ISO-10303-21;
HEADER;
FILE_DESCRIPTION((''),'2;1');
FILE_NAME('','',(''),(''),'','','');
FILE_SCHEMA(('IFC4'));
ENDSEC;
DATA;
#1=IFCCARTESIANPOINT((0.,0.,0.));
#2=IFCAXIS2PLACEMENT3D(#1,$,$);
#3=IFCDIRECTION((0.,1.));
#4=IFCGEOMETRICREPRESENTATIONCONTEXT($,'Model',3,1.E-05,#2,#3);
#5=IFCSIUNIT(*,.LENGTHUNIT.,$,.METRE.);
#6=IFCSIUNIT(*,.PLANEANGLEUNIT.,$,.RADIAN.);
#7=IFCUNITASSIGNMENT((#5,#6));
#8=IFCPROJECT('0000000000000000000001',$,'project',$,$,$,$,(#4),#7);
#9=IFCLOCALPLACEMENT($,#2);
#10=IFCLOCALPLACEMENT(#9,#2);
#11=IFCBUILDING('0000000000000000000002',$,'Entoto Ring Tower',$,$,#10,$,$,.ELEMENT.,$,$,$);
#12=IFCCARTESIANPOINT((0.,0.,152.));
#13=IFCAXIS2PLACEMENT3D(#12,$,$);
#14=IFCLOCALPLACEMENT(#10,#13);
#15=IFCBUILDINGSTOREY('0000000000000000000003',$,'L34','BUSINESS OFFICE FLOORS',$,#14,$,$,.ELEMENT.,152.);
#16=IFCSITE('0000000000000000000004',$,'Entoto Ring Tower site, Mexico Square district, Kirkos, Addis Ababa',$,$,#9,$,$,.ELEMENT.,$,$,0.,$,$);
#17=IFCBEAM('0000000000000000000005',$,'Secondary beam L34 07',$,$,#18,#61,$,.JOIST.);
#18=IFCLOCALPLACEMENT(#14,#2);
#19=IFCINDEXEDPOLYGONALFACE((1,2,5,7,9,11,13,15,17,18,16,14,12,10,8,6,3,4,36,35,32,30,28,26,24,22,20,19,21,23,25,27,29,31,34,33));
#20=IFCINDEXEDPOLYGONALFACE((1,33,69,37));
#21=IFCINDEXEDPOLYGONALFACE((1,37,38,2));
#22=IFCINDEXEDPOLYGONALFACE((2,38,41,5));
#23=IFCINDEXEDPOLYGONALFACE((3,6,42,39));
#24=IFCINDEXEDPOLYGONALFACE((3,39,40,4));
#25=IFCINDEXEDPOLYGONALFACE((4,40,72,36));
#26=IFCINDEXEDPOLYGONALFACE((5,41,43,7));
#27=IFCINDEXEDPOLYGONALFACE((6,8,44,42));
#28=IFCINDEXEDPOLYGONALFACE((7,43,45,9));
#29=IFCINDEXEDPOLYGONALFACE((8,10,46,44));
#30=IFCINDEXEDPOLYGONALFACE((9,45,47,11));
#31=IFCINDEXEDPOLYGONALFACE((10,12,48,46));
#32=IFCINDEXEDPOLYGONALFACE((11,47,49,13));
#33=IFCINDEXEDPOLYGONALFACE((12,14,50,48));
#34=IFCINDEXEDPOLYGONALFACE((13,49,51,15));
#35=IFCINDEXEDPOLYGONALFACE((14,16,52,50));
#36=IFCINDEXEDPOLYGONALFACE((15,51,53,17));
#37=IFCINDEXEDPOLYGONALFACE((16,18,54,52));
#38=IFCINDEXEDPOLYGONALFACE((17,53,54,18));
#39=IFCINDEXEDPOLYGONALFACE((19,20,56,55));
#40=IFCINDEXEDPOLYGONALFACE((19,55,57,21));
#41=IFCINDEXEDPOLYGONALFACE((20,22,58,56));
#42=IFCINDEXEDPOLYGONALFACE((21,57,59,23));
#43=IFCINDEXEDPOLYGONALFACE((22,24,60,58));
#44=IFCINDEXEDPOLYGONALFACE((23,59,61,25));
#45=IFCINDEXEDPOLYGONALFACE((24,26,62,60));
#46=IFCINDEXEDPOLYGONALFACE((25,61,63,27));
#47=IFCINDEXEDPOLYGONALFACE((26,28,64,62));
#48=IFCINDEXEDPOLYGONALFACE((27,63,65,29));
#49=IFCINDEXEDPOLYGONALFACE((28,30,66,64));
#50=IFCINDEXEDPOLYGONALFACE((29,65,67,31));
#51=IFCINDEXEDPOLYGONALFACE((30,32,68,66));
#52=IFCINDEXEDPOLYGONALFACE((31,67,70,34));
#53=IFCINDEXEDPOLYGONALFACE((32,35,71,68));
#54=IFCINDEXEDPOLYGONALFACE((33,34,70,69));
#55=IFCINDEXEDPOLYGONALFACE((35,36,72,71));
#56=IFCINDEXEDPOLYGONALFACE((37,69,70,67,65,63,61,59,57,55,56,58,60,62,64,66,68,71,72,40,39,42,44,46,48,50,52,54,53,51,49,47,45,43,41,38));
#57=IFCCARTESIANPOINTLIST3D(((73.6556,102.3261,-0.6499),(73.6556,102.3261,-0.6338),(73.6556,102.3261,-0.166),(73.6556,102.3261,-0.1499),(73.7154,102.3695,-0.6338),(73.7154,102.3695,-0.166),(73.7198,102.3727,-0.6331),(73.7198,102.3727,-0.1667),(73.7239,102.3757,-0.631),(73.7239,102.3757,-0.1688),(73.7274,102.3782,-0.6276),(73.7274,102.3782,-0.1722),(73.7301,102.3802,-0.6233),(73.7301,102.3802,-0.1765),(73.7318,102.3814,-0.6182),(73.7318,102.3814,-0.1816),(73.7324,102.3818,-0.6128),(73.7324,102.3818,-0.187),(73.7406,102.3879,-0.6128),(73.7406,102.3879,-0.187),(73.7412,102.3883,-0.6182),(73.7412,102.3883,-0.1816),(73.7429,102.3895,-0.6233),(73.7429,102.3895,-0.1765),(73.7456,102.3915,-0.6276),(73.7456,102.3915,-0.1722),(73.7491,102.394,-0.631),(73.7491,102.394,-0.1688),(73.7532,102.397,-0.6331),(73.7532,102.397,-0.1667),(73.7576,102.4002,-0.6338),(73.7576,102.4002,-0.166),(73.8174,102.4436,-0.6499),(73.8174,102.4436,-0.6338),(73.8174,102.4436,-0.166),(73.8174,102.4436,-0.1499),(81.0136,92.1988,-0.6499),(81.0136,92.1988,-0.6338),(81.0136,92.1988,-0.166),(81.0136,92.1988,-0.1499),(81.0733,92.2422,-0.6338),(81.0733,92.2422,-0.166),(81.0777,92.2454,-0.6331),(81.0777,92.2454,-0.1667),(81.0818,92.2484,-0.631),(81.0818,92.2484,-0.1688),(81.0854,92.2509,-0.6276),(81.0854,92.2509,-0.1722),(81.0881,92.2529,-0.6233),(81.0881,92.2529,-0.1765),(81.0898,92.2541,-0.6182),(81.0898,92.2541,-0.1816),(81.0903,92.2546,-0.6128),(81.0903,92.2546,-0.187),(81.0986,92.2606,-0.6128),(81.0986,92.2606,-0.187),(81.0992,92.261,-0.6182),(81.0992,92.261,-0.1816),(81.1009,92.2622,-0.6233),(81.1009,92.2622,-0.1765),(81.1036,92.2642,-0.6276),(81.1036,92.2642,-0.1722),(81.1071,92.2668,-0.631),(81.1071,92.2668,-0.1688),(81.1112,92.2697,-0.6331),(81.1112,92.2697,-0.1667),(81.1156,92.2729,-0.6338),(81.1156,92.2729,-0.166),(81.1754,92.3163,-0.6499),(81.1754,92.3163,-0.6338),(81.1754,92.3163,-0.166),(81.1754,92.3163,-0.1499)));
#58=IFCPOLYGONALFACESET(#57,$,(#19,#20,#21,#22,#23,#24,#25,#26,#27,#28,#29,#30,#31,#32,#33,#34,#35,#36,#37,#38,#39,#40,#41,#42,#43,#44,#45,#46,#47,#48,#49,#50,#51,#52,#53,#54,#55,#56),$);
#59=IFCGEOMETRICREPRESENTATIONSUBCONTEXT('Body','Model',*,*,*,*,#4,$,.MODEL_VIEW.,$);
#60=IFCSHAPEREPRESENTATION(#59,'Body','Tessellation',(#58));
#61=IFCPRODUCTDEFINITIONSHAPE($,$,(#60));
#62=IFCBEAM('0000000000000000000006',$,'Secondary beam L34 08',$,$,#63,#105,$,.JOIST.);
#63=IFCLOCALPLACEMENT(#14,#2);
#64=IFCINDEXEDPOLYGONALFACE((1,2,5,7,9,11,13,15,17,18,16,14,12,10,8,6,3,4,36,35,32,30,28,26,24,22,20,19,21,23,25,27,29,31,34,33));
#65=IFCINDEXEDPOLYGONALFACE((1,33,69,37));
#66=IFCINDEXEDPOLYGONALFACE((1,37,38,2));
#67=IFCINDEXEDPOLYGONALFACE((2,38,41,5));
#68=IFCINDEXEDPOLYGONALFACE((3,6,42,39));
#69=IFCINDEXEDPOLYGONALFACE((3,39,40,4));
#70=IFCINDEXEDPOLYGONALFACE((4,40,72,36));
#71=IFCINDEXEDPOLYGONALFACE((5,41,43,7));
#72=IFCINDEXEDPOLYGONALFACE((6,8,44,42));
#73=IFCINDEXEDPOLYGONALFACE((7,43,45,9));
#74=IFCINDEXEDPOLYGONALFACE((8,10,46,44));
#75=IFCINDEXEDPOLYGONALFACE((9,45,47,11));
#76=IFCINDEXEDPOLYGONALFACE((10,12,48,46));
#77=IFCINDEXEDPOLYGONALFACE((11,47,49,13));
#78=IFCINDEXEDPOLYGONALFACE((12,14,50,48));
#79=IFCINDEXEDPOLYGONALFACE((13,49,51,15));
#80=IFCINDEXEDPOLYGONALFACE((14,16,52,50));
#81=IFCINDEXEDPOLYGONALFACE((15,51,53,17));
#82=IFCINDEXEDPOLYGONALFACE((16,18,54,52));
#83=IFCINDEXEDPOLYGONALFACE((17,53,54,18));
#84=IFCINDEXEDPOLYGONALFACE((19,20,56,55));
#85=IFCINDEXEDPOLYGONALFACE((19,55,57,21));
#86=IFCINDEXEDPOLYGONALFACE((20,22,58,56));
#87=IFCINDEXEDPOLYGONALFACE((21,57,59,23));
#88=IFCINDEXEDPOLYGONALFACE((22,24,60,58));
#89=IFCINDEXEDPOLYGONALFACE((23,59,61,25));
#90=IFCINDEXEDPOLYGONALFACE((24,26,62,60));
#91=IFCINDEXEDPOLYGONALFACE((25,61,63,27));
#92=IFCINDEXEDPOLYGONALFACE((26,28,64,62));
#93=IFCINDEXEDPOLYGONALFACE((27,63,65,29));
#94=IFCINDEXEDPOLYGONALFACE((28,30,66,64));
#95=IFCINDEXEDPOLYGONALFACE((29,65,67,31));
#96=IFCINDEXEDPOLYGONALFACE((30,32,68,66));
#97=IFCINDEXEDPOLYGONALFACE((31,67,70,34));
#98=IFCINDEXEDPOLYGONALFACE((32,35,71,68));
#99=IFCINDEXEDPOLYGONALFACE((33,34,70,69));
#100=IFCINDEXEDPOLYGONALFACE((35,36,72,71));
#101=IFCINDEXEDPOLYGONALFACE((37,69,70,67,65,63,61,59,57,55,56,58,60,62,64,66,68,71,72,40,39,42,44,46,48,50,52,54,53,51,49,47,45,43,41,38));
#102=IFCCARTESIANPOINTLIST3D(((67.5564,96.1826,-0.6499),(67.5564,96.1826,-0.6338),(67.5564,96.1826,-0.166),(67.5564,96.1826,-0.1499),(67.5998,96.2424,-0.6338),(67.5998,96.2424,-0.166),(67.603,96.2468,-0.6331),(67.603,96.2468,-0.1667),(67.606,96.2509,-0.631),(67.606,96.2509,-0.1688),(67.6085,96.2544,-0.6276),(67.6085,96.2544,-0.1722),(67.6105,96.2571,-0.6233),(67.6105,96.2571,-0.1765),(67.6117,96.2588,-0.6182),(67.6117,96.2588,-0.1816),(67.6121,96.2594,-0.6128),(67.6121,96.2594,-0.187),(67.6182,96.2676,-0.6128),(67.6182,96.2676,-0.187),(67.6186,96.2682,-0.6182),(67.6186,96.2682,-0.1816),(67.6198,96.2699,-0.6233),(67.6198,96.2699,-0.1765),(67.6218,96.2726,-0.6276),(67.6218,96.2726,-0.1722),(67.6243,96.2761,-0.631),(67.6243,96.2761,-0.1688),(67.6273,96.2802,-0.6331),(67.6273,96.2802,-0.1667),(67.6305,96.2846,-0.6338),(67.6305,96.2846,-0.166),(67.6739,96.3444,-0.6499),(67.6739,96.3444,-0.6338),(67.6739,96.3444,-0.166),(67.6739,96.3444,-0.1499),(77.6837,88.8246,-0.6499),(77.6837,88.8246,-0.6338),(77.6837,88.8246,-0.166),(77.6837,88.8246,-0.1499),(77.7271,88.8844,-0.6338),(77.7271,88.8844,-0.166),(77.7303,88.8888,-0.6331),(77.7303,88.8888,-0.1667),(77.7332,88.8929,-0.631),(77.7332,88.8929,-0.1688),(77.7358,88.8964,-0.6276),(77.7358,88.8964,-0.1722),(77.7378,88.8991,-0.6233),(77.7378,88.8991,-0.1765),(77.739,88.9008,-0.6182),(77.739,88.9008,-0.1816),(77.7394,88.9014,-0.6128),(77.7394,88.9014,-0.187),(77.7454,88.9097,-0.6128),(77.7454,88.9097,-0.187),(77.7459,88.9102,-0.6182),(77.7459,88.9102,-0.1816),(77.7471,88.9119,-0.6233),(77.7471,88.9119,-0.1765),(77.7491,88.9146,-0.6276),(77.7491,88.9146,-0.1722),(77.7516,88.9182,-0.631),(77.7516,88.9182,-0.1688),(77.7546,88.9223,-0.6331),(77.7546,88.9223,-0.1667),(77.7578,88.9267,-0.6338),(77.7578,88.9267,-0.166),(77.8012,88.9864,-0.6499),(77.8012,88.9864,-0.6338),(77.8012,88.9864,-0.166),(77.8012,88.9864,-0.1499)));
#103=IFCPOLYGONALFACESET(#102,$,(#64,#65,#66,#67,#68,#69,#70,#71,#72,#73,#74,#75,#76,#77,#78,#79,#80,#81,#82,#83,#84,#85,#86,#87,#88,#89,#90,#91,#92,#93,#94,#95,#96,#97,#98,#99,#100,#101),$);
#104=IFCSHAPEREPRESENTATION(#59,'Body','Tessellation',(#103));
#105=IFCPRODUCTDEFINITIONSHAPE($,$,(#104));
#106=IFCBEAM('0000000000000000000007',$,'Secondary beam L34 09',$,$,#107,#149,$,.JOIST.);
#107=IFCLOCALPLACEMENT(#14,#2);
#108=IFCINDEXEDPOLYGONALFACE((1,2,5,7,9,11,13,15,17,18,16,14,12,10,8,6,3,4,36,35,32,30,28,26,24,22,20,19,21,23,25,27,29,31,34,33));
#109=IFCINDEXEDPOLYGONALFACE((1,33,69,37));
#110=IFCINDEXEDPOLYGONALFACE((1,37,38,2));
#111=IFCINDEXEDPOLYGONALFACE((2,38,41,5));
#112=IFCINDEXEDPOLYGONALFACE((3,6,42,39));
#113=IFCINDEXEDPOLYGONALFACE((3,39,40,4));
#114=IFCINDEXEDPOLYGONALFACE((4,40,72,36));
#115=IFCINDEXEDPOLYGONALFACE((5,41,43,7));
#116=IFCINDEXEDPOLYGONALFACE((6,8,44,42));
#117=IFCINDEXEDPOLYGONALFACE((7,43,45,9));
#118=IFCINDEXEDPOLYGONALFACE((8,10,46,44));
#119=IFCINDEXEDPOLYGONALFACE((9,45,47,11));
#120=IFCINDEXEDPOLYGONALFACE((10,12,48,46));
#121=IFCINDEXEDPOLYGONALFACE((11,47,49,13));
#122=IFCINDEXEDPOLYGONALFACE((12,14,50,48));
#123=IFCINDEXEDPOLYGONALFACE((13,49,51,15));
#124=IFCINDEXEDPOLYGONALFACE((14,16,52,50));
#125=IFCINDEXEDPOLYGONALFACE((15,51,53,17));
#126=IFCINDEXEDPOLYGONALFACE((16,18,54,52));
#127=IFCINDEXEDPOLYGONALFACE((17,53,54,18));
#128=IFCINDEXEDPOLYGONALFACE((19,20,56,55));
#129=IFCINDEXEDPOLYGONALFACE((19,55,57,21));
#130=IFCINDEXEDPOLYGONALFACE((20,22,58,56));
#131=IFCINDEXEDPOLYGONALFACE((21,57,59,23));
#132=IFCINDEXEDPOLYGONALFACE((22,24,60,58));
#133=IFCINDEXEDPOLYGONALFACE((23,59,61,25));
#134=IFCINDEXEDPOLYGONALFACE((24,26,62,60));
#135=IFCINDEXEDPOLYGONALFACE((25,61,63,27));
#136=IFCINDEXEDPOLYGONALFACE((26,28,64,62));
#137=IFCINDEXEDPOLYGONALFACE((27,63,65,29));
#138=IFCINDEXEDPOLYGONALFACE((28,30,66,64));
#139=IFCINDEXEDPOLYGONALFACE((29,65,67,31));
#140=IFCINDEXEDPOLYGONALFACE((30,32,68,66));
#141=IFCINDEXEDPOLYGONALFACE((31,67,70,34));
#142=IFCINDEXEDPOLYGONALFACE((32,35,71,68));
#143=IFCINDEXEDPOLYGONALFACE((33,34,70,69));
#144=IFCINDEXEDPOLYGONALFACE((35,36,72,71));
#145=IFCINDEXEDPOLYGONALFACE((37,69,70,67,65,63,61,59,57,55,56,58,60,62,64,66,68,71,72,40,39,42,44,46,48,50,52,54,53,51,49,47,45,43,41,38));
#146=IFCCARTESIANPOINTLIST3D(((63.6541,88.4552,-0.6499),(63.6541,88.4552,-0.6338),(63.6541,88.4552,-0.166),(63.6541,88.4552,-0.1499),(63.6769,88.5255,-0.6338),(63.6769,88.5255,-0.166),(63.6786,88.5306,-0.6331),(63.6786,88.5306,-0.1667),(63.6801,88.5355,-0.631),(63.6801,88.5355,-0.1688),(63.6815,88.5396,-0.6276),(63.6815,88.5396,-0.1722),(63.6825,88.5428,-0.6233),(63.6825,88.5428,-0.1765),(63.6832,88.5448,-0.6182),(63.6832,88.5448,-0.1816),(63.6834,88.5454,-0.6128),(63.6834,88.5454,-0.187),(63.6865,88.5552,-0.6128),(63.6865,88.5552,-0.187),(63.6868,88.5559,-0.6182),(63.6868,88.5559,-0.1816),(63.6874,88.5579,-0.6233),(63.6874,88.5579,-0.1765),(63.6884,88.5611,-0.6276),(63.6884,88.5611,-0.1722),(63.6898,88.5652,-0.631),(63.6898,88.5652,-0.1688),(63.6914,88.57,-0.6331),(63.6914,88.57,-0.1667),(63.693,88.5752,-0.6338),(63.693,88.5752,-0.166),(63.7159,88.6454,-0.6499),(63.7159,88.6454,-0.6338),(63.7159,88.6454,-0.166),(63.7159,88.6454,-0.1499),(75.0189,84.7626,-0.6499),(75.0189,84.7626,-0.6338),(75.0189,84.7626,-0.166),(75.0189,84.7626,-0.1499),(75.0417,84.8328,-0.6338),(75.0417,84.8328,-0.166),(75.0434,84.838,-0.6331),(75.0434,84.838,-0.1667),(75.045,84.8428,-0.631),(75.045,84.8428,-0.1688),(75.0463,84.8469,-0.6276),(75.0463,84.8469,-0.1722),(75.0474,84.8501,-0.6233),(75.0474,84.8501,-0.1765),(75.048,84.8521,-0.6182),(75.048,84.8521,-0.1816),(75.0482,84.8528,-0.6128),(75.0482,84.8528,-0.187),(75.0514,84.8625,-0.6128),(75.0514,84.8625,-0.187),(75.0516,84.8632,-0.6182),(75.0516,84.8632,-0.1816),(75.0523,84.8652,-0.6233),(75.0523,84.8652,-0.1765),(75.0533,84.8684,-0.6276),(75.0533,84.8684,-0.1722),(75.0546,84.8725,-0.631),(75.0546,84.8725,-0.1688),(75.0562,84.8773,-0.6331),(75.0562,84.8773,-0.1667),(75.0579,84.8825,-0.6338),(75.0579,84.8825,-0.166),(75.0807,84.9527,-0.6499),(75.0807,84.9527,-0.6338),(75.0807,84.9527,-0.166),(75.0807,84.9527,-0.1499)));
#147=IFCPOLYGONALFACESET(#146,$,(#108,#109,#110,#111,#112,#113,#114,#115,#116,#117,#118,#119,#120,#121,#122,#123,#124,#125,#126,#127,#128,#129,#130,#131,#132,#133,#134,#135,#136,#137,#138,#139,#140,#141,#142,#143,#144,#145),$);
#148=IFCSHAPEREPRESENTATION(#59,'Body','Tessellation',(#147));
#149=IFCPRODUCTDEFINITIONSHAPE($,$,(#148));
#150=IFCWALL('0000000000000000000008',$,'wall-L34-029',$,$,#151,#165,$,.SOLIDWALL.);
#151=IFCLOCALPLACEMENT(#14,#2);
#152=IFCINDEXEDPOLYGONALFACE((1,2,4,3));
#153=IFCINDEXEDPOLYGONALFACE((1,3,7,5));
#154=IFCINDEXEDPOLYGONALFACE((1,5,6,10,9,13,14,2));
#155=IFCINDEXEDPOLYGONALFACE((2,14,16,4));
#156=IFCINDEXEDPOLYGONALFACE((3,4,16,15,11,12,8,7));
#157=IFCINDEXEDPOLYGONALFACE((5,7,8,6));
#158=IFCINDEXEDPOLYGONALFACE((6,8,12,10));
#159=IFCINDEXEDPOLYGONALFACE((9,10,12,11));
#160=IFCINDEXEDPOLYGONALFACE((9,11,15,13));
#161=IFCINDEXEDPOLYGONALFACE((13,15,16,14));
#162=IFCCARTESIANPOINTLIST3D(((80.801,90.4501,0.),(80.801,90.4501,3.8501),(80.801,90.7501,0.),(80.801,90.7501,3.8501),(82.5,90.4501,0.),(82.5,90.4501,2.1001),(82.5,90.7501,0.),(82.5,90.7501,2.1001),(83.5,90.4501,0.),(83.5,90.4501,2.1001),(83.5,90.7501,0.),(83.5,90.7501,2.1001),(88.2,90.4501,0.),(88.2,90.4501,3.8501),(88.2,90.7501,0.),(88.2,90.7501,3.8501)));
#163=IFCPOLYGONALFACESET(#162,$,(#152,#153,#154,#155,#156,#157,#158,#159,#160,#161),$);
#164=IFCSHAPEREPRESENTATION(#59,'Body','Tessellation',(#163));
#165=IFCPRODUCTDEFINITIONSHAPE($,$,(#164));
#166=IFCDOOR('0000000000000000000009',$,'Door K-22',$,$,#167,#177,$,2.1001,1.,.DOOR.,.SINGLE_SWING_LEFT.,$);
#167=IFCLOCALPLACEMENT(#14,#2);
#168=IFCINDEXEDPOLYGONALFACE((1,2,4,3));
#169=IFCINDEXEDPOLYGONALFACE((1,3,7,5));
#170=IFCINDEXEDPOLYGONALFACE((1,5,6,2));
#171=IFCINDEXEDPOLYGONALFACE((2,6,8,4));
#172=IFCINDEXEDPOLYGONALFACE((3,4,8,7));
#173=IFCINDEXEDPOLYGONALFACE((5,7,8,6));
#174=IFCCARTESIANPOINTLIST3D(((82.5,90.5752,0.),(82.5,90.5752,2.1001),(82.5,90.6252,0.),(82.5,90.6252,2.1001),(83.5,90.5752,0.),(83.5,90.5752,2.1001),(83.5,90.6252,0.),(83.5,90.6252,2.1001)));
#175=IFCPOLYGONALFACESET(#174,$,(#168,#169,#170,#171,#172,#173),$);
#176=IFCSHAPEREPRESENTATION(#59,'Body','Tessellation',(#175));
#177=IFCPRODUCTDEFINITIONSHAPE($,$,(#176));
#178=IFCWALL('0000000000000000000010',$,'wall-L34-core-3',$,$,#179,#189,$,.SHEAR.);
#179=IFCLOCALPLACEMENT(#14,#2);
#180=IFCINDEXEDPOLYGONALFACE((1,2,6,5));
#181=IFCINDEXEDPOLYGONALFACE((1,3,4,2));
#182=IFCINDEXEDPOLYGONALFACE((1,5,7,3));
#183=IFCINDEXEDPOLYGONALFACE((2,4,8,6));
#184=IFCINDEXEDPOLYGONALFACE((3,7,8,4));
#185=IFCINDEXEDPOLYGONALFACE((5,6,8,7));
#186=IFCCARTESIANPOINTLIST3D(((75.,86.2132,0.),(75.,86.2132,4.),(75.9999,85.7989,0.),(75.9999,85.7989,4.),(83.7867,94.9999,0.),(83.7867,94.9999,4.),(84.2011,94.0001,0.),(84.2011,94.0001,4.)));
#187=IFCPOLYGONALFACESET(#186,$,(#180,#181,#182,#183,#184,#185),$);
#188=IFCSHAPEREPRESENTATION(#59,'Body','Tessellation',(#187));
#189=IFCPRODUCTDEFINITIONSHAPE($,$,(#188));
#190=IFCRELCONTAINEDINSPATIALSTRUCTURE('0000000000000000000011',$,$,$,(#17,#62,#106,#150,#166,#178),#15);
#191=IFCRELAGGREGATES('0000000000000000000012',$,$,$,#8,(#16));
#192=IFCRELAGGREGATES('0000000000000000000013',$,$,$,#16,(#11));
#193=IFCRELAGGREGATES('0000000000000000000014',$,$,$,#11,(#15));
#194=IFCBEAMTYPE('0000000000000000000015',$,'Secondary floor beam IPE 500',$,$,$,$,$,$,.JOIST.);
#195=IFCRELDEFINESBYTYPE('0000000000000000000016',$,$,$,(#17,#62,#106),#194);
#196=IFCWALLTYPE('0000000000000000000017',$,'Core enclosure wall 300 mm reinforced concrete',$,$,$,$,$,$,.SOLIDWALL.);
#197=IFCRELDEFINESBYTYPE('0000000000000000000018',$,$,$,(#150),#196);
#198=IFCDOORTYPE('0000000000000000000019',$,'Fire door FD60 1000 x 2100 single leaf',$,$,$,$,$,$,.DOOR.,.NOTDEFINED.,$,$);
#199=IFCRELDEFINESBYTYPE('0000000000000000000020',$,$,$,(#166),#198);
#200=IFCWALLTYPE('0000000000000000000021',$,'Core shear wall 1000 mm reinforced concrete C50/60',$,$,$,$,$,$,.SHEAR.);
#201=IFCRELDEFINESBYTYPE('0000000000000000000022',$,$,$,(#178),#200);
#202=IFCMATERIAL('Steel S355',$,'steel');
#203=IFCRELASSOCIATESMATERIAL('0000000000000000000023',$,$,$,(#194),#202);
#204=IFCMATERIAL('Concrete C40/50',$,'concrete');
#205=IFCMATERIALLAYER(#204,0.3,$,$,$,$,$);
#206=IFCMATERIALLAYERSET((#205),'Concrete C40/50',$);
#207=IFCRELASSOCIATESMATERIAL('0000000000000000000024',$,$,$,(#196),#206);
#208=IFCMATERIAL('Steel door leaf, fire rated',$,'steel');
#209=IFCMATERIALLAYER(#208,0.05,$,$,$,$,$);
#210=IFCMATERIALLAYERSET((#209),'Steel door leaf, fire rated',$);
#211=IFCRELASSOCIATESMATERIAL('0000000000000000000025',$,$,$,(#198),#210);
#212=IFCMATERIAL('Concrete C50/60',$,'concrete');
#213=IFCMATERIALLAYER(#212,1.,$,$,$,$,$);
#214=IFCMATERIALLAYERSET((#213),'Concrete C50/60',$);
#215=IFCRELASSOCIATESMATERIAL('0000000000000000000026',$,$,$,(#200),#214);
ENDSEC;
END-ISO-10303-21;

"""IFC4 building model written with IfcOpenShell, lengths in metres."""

from ifc_helpers import new_model, si_unit, direction, frame, frame_2d, origin, origin_2d, place, context, subcontext, project, spatial, polyline, rectangle, i_section, outline, extrude, material, layer, layer_set, material_profile, profile_set, type_object, element, fill, save


model = new_model("IFC4")

# Units and contexts
model_context = context("Model", 3, precision=1e-05, world=origin(), true_north=direction((0.0, 1.0)))
body_context = subcontext(model_context, "Body", "Model", "MODEL_VIEW")
ifc_project = project(units=[si_unit("LENGTHUNIT", "METRE"), si_unit("PLANEANGLEUNIT", "RADIAN")], contexts=[model_context])

# Site, building, storey
site_placement = place(None, origin())
site = spatial("IfcSite", under=ifc_project, at=site_placement, Name="Entoto Ring Tower site, Mexico Square district, Kirkos, Addis Ababa", CompositionType="ELEMENT", RefElevation=0.0)
building_placement = place(site_placement, origin())
building = spatial("IfcBuilding", under=site, at=building_placement, Name="Entoto Ring Tower", CompositionType="ELEMENT")
storey_placement = place(building_placement, frame((0.0, 0.0, 152.0)))
storey = spatial("IfcBuildingStorey", under=building, at=storey_placement, Name="L34", Description="BUSINESS OFFICE FLOORS", CompositionType="ELEMENT", Elevation=152.0)

# Beams
ifc_material_1 = material(Name="Steel S355", Category="steel")
ifc_material_profile_1 = material_profile(ifc_material_1, i_section(OverallWidth=0.2, OverallDepth=0.5, WebThickness=0.0103, FlangeThickness=0.0161, FilletRadius=0.021, at=origin_2d()), Name="IPE 500")
ifc_profile_set_1 = profile_set([ifc_material_profile_1], Name="Steel S355")
beam_type_1 = type_object("IfcBeamType", Name="Secondary floor beam IPE 500", PredefinedType="JOIST", material=ifc_profile_set_1)
for number, where, z_axis, x_axis, name in (
    (1, (81.0945, 92.2576, -0.3999), (-0.587789, 0.809014, 0.0), (-0.809014, -0.587789, 0.0), "Secondary beam L34 07"),
    (2, (77.7424, 88.9055, -0.3999), (-0.809014, 0.587789, 0.0), (-0.587789, -0.809014, 0.0), "Secondary beam L34 08"),
):
    element("IfcBeam", number, at=place(storey_placement, frame(where, z_axis=z_axis, x_axis=x_axis)), inside=storey, type_object=beam_type_1, Name=name, PredefinedType="JOIST", context=body_context, shape_type="SweptSolid", body=[
        extrude(i_section(OverallWidth=0.2, OverallDepth=0.5, WebThickness=0.0103, FlangeThickness=0.0161, FilletRadius=0.021, at=origin_2d()), origin(), (0.0, 0.0, 1.0), 12.5181),
    ])
beam_1_placement = place(storey_placement, frame((75.0498, 84.8577, -0.3999), z_axis=(-0.951057, 0.309017, 0.0), x_axis=(-0.309017, -0.951057, 0.0)))
element("IfcBeam", 3, at=beam_1_placement, inside=storey, type_object=beam_type_1, Name="Secondary beam L34 09", PredefinedType="JOIST", context=body_context, shape_type="SweptSolid", body=[
    extrude(i_section(OverallWidth=0.2, OverallDepth=0.5, WebThickness=0.0103, FlangeThickness=0.0161, FilletRadius=0.021, at=origin_2d()), origin(), (0.0, 0.0, 1.0), 11.9497),
])

# Wall, opening, door
ifc_material_2 = material(Name="Concrete C40/50", Category="concrete")
ifc_layer_1 = layer(ifc_material_2, 0.3)
ifc_layer_set_1 = layer_set([ifc_layer_1], Name="Concrete C40/50")
wall_type_1 = type_object("IfcWallType", Name="Core enclosure wall 300 mm reinforced concrete", PredefinedType="SOLIDWALL", material=ifc_layer_set_1)
wall_1_placement = place(storey_placement, frame((80.801, 90.6001, 0.0), z_axis=(0.0, 0.0, 1.0), x_axis=(1.0, 0.0, 0.0)))
wall_1 = element("IfcWall", 4, at=wall_1_placement, inside=storey, type_object=wall_type_1, Name="wall-L34-029", PredefinedType="SOLIDWALL", context=body_context, shape_type="SweptSolid", body=[
    extrude(rectangle(XDim=7.3989, YDim=0.3, at=frame_2d((3.6995, 0.0))), origin(), (0.0, 0.0, 1.0), 3.8501),
])
opening_1_placement = place(wall_1_placement, frame((1.699, 0.0, 0.0)))
opening_1 = element("IfcOpeningElement", 5, at=opening_1_placement, cuts=wall_1, PredefinedType="OPENING", context=body_context, shape_type="SweptSolid", body=[
    extrude(rectangle(XDim=1.0, YDim=2.1001, at=frame_2d((0.5, 1.05))), frame((0.0, 0.1602, 0.0), z_axis=(0.0, -1.0, 0.0), x_axis=(1.0, 0.0, 0.0)), (0.0, 0.0, 1.0), 0.3201),
])
ifc_material_3 = material(Name="Steel door leaf, fire rated", Category="steel")
ifc_layer_2 = layer(ifc_material_3, 0.05)
ifc_layer_set_2 = layer_set([ifc_layer_2], Name="Steel door leaf, fire rated")
door_type_1 = type_object("IfcDoorType", Name="Fire door FD60 1000 x 2100 single leaf", OperationType="NOTDEFINED", PredefinedType="DOOR", material=ifc_layer_set_2)
door_1_placement = place(opening_1_placement, frame((1.0, 0.0, 0.0), z_axis=(0.0, 0.0, 1.0), x_axis=(-1.0, 0.0, 0.0)))
door_1 = element("IfcDoor", 6, at=door_1_placement, inside=storey, type_object=door_type_1, Name="Door K-22", OperationType="SINGLE_SWING_LEFT", OverallHeight=2.1001, OverallWidth=1.0, PredefinedType="DOOR", context=body_context, shape_type="SweptSolid", body=[
    extrude(rectangle(XDim=1.0, YDim=2.1001, at=frame_2d((0.5, 1.05))), frame((0.0, 0.0249, 0.0), z_axis=(0.0, -1.0, 0.0), x_axis=(1.0, 0.0, 0.0)), (0.0, 0.0, 1.0), 0.05),
])
fill(opening_1, door_1)

# Wall
ifc_material_4 = material(Name="Concrete C50/60", Category="concrete")
ifc_layer_3 = layer(ifc_material_4, 1.0)
ifc_layer_set_3 = layer_set([ifc_layer_3], Name="Concrete C50/60")
wall_type_2 = type_object("IfcWallType", Name="Core shear wall 1000 mm reinforced concrete C50/60", PredefinedType="SHEAR", material=ifc_layer_set_3)
wall_2_placement = place(storey_placement, frame((83.9939, 94.5, 0.0), z_axis=(0.0, 0.0, 1.0), x_axis=(-0.707107, -0.707107, 0.0)))
element("IfcWall", 7, at=wall_2_placement, inside=storey, type_object=wall_type_2, Name="wall-L34-core-3", PredefinedType="SHEAR", context=body_context, shape_type="SweptSolid", body=[
    extrude(outline(polyline([(-0.207, -0.5), (12.2192, -0.5), (11.8052, 0.5), (0.207, 0.5), (-0.207, -0.5)])), origin(), (0.0, 0.0, 1.0), 4.0),
])

save(model, "model.ifc")
